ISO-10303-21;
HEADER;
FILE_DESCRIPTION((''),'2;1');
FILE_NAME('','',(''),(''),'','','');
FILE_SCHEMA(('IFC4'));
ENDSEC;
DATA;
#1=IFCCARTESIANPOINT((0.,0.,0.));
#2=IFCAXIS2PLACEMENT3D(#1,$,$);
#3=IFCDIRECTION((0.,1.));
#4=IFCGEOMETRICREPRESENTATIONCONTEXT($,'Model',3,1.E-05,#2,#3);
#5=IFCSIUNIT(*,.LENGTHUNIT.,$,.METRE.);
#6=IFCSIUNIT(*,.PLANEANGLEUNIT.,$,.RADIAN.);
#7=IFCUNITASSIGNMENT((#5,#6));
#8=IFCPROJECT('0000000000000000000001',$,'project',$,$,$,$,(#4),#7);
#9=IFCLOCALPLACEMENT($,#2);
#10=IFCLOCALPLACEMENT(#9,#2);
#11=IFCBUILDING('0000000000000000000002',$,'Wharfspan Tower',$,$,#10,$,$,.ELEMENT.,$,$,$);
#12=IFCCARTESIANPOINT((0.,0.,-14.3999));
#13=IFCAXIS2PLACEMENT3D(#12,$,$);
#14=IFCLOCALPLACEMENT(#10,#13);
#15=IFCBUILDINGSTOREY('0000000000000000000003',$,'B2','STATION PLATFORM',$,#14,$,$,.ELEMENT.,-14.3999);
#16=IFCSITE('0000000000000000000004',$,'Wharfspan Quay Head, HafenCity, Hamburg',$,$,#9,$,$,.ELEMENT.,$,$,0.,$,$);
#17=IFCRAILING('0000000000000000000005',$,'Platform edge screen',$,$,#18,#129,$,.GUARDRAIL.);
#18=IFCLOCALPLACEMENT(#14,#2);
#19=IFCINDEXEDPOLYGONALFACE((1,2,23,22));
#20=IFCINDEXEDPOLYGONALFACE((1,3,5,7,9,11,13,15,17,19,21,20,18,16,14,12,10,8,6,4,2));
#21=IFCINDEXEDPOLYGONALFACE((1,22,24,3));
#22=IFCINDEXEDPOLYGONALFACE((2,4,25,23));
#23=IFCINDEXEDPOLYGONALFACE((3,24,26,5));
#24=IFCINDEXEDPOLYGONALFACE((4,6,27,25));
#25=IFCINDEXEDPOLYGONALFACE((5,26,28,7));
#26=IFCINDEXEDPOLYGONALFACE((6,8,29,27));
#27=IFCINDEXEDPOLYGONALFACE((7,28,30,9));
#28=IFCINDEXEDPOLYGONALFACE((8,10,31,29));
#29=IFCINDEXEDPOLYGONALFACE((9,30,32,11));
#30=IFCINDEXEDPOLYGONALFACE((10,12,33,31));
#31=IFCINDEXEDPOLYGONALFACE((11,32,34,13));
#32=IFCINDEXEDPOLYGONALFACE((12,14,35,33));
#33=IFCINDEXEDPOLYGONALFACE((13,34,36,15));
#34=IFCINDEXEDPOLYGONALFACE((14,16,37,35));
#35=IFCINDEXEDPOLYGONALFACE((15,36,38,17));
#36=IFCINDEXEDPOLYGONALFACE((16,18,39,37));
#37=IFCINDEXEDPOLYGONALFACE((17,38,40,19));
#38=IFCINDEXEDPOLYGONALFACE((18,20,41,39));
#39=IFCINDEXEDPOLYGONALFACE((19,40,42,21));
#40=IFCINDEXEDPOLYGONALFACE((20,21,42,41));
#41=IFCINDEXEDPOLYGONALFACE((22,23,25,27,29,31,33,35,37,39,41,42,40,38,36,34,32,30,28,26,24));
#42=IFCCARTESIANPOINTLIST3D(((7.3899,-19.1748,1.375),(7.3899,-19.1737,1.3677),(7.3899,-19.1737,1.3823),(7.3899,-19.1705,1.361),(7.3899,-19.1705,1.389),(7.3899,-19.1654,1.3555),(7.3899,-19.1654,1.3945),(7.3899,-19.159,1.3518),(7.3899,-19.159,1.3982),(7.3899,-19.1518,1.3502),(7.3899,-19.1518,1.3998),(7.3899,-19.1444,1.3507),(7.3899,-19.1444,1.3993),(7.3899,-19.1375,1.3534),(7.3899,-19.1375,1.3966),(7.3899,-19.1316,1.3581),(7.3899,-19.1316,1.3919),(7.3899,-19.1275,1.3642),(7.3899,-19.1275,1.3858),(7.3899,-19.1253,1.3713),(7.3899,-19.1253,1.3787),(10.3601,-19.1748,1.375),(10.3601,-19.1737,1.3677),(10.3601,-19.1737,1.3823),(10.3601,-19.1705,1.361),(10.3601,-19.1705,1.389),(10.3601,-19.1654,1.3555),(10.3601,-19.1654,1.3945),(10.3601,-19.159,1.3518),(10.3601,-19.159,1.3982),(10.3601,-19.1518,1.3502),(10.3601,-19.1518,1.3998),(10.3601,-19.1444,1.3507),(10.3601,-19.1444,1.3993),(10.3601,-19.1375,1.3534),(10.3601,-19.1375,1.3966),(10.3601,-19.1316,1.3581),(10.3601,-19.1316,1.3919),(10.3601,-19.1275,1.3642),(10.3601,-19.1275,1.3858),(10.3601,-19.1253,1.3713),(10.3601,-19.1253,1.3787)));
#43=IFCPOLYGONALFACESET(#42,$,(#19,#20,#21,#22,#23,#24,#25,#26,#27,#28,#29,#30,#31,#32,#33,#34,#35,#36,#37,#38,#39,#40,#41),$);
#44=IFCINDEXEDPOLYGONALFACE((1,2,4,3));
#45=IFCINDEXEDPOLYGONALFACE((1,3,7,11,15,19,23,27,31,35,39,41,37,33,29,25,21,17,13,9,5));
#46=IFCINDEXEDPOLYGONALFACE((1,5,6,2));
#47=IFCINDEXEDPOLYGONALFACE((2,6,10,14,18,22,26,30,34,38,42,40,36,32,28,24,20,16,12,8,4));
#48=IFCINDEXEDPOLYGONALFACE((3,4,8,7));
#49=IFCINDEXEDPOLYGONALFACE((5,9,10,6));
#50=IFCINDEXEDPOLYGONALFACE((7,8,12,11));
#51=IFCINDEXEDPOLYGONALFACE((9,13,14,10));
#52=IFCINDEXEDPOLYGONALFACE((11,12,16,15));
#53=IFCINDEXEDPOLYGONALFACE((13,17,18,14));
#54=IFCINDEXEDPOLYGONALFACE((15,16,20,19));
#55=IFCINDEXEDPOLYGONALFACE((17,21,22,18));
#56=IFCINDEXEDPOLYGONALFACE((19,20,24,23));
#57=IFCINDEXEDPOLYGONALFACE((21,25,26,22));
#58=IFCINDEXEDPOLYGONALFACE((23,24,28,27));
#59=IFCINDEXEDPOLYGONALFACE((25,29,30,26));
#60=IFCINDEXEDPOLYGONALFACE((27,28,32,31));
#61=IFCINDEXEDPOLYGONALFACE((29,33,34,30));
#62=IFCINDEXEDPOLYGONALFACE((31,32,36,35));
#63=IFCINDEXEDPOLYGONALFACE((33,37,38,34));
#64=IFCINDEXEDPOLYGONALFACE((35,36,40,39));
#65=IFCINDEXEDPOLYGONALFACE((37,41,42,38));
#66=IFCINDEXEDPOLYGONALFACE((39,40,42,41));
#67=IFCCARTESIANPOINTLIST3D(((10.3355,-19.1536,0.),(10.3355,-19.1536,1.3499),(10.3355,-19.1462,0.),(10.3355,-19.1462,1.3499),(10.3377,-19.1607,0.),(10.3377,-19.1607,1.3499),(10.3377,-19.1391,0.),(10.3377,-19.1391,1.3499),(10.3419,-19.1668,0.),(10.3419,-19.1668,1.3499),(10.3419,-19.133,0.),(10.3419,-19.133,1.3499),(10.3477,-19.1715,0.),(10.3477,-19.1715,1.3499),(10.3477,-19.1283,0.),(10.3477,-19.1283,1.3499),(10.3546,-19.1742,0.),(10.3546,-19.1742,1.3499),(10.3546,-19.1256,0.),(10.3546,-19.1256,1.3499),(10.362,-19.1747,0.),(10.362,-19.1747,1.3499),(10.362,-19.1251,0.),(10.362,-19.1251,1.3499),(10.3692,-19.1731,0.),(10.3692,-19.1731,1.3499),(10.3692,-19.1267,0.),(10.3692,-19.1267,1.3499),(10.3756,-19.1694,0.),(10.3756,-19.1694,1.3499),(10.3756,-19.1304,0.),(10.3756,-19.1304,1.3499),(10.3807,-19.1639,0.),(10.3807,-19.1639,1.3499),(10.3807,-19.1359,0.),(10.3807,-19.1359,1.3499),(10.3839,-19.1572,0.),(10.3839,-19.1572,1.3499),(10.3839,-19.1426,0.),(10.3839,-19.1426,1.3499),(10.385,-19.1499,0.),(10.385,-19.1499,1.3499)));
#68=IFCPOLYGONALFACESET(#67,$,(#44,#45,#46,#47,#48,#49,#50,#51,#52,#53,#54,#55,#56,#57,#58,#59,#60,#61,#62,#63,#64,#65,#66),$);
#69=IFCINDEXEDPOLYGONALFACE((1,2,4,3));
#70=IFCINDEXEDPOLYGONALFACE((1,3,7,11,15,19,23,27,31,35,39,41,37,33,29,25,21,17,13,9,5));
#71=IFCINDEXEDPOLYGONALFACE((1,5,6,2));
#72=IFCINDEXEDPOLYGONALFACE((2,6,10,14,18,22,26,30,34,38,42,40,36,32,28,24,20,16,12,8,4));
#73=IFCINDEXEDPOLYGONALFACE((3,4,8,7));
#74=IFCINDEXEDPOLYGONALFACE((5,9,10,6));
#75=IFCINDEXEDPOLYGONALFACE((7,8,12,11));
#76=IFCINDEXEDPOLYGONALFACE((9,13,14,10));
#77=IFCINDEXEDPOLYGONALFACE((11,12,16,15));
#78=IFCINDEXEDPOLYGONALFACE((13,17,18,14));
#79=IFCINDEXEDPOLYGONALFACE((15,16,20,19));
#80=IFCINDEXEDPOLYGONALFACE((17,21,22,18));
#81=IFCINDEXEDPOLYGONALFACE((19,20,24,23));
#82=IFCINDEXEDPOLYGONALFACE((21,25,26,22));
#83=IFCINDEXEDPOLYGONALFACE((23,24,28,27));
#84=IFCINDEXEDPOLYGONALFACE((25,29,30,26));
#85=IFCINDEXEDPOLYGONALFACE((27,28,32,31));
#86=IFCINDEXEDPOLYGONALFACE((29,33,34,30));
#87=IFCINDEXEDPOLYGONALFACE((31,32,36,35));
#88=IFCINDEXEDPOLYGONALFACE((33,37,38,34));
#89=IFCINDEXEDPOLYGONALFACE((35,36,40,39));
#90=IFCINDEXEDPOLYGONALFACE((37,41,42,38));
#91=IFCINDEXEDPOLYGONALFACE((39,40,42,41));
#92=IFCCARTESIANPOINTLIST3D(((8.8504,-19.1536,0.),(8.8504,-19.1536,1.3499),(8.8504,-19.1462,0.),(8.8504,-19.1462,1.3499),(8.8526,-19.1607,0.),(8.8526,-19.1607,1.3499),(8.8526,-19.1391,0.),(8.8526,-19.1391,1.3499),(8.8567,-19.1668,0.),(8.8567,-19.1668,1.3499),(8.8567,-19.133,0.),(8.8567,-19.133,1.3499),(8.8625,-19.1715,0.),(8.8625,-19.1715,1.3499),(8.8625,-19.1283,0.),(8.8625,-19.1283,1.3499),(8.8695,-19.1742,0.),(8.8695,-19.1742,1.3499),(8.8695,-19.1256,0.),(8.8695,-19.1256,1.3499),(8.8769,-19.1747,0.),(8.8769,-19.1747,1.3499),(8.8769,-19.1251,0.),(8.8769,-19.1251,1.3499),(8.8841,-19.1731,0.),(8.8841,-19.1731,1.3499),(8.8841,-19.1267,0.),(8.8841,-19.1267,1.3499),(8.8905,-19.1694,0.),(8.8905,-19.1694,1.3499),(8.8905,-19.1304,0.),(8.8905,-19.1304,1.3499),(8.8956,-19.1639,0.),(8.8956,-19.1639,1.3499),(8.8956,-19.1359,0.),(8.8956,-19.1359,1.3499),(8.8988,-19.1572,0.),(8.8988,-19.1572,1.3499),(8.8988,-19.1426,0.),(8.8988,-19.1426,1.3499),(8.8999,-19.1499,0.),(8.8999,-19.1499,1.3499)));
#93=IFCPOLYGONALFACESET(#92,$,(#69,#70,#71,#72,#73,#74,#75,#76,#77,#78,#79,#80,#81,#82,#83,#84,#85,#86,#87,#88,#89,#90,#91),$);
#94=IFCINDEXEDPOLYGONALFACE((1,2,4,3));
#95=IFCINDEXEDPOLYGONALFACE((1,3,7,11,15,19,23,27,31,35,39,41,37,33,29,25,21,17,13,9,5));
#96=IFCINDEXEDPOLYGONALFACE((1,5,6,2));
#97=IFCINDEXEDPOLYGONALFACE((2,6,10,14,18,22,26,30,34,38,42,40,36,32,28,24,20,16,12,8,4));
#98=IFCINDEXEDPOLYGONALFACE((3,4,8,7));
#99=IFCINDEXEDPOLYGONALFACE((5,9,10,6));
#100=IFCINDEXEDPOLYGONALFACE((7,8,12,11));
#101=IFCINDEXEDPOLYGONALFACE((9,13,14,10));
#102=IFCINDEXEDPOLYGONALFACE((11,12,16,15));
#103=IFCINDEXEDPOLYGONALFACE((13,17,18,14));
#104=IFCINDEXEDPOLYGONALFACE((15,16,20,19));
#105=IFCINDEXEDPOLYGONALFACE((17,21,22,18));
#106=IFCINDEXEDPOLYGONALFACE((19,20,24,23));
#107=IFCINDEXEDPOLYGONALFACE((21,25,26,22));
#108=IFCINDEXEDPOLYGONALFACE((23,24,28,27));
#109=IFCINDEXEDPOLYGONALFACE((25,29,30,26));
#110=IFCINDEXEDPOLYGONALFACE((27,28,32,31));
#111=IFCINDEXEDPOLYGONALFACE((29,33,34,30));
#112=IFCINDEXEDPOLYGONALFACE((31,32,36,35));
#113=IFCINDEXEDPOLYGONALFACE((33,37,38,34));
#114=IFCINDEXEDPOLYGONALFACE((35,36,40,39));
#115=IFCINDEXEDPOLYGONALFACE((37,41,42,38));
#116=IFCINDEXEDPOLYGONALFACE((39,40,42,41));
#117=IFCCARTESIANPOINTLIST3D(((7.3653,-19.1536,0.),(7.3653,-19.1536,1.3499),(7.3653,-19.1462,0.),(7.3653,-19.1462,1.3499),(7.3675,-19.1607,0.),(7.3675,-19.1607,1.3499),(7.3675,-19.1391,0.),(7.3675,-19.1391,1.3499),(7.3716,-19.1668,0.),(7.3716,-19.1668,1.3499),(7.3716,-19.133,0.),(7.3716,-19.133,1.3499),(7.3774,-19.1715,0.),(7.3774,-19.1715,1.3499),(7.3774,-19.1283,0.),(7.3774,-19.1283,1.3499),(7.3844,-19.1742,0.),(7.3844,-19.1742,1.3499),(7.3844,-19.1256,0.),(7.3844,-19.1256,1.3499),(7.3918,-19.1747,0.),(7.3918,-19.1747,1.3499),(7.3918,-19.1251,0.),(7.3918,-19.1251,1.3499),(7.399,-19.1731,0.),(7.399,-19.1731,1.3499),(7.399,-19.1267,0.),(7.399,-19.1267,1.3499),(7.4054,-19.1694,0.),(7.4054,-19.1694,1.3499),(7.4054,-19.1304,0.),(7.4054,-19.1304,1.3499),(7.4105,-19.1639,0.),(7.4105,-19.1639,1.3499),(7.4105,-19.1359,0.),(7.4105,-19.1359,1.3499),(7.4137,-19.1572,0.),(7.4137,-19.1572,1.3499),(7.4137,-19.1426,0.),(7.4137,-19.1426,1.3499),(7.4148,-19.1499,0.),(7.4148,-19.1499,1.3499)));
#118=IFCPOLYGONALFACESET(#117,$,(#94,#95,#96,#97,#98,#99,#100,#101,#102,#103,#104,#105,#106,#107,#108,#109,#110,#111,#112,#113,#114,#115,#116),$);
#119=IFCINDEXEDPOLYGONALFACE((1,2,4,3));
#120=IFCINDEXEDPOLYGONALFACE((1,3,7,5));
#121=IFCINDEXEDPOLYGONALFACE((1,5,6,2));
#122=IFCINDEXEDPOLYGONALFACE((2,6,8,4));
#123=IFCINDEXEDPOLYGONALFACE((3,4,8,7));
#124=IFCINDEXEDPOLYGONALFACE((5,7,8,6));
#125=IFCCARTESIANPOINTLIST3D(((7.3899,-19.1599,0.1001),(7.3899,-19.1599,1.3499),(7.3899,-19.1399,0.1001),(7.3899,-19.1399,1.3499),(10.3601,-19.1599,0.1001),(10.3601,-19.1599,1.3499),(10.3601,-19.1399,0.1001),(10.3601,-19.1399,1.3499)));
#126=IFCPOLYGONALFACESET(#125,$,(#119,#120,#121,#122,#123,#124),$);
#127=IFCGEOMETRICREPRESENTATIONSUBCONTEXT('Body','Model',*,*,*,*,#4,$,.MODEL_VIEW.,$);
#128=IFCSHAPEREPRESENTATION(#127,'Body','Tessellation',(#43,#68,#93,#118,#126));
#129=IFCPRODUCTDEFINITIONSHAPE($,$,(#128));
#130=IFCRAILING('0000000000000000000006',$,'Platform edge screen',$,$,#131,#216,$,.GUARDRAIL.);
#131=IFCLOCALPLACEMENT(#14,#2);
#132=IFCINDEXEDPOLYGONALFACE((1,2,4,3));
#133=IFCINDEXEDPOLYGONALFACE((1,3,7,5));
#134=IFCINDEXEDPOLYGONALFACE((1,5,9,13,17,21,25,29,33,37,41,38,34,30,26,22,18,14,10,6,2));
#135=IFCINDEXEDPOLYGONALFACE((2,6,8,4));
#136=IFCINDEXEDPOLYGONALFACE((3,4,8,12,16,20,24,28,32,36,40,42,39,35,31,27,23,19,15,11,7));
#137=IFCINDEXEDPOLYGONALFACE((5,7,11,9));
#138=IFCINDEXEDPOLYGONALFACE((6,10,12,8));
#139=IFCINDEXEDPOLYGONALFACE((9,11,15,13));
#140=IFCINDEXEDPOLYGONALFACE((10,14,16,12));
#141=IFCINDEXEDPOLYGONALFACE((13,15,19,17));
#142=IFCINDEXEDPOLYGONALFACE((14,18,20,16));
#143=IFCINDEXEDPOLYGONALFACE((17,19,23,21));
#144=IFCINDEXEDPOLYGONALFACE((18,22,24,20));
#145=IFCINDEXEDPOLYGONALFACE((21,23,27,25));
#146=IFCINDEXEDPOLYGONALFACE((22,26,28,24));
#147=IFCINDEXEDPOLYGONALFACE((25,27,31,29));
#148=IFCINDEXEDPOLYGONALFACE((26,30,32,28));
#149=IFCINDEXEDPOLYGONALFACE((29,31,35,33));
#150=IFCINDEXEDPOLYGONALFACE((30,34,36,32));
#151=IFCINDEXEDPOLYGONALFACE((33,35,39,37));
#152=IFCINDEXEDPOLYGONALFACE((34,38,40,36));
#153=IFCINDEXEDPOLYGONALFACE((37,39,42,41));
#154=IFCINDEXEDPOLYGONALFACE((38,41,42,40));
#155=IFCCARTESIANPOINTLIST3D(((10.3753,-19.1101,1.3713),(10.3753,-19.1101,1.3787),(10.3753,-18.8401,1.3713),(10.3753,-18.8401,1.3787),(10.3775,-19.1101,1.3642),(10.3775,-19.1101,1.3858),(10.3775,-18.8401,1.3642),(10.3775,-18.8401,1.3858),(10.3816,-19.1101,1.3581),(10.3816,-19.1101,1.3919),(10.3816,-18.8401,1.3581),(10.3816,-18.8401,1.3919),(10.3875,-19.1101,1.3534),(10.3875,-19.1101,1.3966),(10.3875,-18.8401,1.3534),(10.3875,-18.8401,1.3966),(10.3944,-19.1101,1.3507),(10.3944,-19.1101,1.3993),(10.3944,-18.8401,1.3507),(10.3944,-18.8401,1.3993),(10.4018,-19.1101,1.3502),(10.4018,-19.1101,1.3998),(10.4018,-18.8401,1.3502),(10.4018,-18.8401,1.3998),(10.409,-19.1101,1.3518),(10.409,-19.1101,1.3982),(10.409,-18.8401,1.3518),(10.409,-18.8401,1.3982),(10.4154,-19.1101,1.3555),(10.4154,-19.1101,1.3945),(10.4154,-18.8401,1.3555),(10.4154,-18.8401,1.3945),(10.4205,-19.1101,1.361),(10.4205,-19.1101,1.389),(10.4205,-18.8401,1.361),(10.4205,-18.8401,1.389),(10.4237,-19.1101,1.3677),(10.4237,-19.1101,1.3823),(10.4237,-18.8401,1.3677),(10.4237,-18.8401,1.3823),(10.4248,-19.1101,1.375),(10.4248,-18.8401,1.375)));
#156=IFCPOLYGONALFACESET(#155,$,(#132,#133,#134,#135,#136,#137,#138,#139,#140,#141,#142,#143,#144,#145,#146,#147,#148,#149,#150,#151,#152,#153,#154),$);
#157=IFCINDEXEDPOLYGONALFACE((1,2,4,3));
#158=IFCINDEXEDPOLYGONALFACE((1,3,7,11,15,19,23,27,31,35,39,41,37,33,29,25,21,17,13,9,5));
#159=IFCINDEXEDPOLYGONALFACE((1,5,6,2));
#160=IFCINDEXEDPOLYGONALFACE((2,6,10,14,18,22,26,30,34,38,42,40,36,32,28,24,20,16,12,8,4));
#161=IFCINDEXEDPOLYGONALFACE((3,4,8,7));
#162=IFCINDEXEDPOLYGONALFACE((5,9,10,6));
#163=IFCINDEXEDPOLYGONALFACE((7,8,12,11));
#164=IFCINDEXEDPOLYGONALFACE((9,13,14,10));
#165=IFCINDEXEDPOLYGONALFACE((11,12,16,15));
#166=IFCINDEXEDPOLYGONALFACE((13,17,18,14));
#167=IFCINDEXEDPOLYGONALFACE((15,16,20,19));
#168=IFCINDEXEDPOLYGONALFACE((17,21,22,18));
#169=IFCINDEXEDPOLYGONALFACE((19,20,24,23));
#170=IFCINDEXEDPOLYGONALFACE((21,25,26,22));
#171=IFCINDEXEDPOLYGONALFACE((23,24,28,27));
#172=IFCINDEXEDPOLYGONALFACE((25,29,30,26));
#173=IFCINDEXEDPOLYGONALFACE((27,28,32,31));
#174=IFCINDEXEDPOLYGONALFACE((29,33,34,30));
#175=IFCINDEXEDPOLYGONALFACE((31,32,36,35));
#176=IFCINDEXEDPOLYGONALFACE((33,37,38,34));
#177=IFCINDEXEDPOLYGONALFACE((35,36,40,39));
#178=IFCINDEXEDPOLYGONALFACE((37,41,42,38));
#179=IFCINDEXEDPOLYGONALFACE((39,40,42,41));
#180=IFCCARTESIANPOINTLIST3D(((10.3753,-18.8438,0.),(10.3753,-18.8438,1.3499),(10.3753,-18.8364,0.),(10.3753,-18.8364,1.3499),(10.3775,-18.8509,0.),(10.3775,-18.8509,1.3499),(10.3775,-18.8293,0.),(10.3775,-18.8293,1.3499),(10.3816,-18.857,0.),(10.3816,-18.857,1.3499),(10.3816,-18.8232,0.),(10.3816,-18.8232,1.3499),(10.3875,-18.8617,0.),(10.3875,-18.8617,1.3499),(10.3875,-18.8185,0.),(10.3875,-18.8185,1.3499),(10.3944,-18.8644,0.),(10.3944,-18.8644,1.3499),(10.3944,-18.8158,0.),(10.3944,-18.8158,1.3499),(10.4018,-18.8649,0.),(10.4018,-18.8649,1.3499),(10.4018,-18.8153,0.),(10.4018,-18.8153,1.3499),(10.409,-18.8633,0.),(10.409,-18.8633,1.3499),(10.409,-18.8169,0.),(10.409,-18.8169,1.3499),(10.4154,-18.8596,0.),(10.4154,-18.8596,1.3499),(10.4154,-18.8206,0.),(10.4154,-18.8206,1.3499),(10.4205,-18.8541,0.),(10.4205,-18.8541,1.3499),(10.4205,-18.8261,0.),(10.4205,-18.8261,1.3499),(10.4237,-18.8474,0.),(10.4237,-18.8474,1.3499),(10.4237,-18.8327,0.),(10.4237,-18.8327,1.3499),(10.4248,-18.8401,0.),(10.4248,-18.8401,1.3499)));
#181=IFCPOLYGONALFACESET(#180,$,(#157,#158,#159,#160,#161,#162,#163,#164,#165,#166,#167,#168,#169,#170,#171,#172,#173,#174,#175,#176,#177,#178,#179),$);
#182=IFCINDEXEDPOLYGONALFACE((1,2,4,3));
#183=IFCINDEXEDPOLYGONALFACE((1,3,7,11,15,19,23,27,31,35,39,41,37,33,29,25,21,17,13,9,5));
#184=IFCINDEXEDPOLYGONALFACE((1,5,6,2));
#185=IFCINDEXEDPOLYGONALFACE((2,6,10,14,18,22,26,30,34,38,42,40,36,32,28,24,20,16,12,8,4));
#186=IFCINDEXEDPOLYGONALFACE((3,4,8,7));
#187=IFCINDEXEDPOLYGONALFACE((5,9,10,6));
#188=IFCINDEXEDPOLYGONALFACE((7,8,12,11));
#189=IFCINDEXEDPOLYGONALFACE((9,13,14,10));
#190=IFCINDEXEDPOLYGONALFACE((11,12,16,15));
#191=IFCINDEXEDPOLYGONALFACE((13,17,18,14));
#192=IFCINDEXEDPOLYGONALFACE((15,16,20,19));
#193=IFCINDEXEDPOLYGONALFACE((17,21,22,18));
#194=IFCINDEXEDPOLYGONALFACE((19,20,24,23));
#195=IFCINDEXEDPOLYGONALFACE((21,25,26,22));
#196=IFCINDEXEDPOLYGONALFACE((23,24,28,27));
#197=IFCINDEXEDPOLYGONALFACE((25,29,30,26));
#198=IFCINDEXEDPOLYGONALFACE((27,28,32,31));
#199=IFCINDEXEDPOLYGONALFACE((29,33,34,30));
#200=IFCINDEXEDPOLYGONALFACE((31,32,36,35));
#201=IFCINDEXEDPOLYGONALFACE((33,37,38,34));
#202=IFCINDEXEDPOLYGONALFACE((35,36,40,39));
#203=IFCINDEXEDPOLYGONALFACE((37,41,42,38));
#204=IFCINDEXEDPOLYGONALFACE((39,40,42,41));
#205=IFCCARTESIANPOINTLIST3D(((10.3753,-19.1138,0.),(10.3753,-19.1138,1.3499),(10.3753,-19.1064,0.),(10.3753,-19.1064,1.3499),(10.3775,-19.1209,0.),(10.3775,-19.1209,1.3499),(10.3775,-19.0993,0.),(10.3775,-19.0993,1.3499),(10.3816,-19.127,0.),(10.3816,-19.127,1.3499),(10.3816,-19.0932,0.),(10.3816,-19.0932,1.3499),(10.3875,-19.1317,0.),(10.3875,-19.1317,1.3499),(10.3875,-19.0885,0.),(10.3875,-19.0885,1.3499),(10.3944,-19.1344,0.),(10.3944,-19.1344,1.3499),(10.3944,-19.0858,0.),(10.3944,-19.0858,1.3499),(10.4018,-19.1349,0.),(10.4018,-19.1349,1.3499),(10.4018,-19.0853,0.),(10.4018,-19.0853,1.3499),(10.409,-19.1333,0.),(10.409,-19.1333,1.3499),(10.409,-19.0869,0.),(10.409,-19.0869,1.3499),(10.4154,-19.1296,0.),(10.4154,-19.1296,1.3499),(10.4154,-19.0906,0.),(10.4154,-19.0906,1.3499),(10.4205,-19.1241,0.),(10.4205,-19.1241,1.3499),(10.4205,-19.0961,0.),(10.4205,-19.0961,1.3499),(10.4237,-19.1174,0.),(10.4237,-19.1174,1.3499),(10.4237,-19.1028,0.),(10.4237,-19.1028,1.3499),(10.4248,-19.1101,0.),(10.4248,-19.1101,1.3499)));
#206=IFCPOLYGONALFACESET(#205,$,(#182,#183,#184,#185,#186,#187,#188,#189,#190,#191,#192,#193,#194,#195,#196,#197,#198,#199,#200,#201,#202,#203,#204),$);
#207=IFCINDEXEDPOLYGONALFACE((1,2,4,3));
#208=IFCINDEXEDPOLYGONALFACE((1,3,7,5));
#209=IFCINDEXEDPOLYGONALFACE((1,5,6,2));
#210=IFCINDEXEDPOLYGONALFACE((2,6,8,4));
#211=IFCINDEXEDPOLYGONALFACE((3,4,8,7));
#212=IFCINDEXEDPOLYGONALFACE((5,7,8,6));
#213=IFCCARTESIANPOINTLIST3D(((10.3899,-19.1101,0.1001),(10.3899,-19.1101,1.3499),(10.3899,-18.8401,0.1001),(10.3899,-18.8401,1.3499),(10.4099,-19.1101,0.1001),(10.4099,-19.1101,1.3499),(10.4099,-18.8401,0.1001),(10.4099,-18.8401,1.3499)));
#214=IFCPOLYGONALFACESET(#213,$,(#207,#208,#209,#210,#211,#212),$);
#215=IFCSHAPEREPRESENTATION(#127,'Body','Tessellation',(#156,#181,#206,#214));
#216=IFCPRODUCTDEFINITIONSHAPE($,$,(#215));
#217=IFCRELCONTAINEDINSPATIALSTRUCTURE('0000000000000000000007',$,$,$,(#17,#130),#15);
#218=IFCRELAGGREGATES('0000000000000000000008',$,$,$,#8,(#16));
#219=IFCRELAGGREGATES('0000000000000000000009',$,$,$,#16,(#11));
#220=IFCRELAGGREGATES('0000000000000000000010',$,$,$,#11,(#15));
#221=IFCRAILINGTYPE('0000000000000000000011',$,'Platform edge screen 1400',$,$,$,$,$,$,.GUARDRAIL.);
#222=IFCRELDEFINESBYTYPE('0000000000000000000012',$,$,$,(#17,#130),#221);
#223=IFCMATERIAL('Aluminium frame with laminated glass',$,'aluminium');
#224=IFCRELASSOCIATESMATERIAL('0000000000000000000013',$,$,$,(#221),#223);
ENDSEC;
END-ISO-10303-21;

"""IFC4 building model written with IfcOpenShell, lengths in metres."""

from ifc_helpers import new_model, si_unit, direction, frame, origin, origin_2d, place, context, subcontext, project, spatial, rectangle, circle, extrude, material, type_object, element, save


model = new_model("IFC4")

# Units and contexts
model_context = context("Model", 3, precision=1e-05, world=origin(), true_north=direction((0.0, 1.0)))
body_context = subcontext(model_context, "Body", "Model", "MODEL_VIEW")
ifc_project = project(units=[si_unit("LENGTHUNIT", "METRE"), si_unit("PLANEANGLEUNIT", "RADIAN")], contexts=[model_context])

# Site, building, storey
site_placement = place(None, origin())
site = spatial("IfcSite", under=ifc_project, at=site_placement, Name="Wharfspan Quay Head, HafenCity, Hamburg", CompositionType="ELEMENT", RefElevation=0.0)
building_placement = place(site_placement, origin())
building = spatial("IfcBuilding", under=site, at=building_placement, Name="Wharfspan Tower", CompositionType="ELEMENT")
storey_placement = place(building_placement, frame((0.0, 0.0, -14.3999)))
storey = spatial("IfcBuildingStorey", under=building, at=storey_placement, Name="B2", Description="STATION PLATFORM", CompositionType="ELEMENT", Elevation=-14.3999)

# Railings
ifc_material_1 = material(Name="Aluminium frame with laminated glass", Category="aluminium")
railing_type_1 = type_object("IfcRailingType", Name="Platform edge screen 1400", PredefinedType="GUARDRAIL", material=ifc_material_1)
railing_1_placement = place(storey_placement, frame((10.3601, -19.1499, 0.0)))
element("IfcRailing", 1, at=railing_1_placement, inside=storey, type_object=railing_type_1, Name="Platform edge screen", PredefinedType="GUARDRAIL", context=body_context, shape_type="SweptSolid", body=[
    extrude(circle(Radius=0.0249, at=origin_2d()), frame((0.0, 0.0, 1.375), z_axis=(-1.0, 0.0, 0.0), x_axis=(0.0, -1.0, 0.0)), (0.0, 0.0, 1.0), 2.9702),
    extrude(circle(Radius=0.0249, at=origin_2d()), origin(), (0.0, 0.0, 1.0), 1.3499),
    extrude(circle(Radius=0.0249, at=origin_2d()), frame((-1.4851, 0.0, 0.0)), (0.0, 0.0, 1.0), 1.3499),
    extrude(circle(Radius=0.0249, at=origin_2d()), frame((-2.9702, 0.0, 0.0)), (0.0, 0.0, 1.0), 1.3499),
    extrude(rectangle(XDim=2.9702, YDim=0.02, at=origin_2d()), frame((-1.4851, 0.0, 0.1001), z_axis=(0.0, 0.0, 1.0), x_axis=(-1.0, 0.0, 0.0)), (0.0, 0.0, 1.0), 1.2498),
])
railing_2_placement = place(storey_placement, frame((10.3999, -18.8401, 0.0)))
element("IfcRailing", 2, at=railing_2_placement, inside=storey, type_object=railing_type_1, Name="Platform edge screen", PredefinedType="GUARDRAIL", context=body_context, shape_type="SweptSolid", body=[
    extrude(circle(Radius=0.0249, at=origin_2d()), frame((0.0, 0.0, 1.375), z_axis=(0.0, -1.0, 0.0), x_axis=(1.0, 0.0, 0.0)), (0.0, 0.0, 1.0), 0.27),
    extrude(circle(Radius=0.0249, at=origin_2d()), origin(), (0.0, 0.0, 1.0), 1.3499),
    extrude(circle(Radius=0.0249, at=origin_2d()), frame((0.0, -0.27, 0.0)), (0.0, 0.0, 1.0), 1.3499),
    extrude(rectangle(XDim=0.27, YDim=0.02, at=origin_2d()), frame((0.0, -0.135, 0.1001), z_axis=(0.0, 0.0, 1.0), x_axis=(0.0, -1.0, 0.0)), (0.0, 0.0, 1.0), 1.2498),
])

save(model, "model.ifc")
